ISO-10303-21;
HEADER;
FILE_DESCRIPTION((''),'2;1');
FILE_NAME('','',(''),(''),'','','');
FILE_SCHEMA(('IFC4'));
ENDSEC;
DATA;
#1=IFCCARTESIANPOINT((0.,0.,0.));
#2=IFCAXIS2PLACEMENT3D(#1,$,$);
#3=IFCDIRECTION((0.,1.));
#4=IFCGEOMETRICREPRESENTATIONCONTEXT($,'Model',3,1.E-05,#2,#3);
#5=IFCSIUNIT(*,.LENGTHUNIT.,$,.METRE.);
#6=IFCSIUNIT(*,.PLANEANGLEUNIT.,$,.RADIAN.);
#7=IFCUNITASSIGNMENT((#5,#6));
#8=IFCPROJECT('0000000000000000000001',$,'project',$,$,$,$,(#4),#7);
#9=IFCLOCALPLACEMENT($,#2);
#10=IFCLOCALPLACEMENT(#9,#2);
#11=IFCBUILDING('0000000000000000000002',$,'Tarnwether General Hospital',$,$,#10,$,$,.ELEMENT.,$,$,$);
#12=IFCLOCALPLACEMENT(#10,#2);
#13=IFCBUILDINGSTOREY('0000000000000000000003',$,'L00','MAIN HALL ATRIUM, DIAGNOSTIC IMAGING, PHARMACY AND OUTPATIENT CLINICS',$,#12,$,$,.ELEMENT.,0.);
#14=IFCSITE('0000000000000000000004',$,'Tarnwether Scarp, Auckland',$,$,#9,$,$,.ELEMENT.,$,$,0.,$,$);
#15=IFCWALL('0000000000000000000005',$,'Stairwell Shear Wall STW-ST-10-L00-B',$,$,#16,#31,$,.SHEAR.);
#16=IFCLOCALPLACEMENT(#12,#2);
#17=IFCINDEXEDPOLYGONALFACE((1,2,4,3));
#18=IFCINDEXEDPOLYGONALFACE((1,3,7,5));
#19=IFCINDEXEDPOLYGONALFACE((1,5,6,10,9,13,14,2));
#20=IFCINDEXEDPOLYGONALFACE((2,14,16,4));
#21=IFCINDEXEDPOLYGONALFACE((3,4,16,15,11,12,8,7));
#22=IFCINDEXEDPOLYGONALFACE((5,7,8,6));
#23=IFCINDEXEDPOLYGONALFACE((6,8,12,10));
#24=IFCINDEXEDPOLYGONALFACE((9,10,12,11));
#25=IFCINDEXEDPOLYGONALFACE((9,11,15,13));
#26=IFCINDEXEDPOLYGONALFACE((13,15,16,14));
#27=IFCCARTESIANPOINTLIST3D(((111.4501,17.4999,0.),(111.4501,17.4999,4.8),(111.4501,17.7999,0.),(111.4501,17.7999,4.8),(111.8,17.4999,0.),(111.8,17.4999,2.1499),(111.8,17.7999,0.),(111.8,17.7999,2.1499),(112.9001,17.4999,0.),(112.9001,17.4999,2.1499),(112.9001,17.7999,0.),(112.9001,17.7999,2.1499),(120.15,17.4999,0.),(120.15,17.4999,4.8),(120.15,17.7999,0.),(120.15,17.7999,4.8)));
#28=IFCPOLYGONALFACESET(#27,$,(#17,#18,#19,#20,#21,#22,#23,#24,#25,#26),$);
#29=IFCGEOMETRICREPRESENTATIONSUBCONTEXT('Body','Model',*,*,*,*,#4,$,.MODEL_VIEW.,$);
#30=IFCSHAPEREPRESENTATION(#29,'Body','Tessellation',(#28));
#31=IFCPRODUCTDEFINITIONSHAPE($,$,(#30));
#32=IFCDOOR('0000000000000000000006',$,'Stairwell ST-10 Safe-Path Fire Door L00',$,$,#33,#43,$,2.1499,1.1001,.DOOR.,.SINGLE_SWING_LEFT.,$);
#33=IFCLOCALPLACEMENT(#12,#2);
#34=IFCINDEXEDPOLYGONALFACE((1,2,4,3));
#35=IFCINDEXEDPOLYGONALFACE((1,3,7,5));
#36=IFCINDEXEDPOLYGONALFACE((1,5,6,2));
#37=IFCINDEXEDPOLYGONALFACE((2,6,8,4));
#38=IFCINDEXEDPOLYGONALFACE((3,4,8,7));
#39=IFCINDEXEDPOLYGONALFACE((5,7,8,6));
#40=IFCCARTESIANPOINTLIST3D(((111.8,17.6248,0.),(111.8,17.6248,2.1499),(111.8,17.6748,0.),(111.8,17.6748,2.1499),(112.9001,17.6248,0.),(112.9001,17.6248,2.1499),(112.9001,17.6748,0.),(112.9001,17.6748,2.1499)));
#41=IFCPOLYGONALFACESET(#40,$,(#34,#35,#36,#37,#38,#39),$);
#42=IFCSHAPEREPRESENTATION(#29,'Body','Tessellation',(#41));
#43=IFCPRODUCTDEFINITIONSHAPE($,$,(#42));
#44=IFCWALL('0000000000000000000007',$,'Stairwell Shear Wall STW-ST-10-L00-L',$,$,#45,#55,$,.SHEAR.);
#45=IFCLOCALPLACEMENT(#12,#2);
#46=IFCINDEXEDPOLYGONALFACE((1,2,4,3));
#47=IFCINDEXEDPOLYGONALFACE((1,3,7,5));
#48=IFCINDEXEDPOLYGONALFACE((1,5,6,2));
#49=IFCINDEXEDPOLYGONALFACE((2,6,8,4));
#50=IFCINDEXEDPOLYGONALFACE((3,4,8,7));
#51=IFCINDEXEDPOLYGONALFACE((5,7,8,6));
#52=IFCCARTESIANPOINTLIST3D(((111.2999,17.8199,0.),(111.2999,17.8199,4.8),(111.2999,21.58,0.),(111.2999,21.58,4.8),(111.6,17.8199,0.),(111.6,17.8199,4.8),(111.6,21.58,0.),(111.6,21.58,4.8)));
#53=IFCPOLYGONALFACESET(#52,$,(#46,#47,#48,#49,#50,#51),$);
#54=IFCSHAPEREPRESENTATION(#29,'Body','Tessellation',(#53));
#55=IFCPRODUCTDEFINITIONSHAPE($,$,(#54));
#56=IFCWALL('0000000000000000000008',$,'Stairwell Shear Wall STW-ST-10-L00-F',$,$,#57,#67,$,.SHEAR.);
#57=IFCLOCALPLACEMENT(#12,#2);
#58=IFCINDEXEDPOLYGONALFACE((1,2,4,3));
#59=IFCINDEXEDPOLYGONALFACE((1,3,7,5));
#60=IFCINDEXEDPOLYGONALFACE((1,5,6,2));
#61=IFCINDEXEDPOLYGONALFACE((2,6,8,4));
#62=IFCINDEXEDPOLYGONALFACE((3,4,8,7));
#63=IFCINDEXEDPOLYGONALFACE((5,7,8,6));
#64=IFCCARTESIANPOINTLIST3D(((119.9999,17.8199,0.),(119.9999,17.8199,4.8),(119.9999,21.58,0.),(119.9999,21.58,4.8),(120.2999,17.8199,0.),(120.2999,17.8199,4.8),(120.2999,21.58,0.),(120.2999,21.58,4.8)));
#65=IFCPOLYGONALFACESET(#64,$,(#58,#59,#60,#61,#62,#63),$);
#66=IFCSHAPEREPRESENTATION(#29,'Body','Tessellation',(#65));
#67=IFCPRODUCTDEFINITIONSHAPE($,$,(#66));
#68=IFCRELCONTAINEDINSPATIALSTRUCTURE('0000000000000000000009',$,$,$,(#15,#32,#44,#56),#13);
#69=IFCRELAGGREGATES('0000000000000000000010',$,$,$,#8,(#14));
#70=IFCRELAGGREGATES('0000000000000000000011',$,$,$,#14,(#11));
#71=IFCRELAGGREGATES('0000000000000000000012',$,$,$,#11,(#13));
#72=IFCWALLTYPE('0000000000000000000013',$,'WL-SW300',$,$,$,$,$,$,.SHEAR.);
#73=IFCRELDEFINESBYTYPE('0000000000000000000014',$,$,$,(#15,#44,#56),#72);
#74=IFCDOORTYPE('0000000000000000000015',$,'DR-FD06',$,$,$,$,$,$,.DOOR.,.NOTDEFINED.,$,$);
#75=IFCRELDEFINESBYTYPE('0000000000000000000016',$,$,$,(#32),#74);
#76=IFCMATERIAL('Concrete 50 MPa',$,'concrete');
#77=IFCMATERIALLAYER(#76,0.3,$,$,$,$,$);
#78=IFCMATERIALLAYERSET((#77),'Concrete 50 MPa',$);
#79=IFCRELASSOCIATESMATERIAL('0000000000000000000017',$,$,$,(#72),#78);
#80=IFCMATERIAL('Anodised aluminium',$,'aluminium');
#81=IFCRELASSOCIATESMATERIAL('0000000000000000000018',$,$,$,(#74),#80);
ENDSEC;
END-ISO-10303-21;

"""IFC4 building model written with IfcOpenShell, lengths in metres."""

from ifc_helpers import new_model, si_unit, direction, frame, frame_2d, origin, place, context, subcontext, project, spatial, rectangle, extrude, material, layer, layer_set, type_object, element, fill, save


model = new_model("IFC4")

# Units and contexts
model_context = context("Model", 3, precision=1e-05, world=origin(), true_north=direction((0.0, 1.0)))
body_context = subcontext(model_context, "Body", "Model", "MODEL_VIEW")
ifc_project = project(units=[si_unit("LENGTHUNIT", "METRE"), si_unit("PLANEANGLEUNIT", "RADIAN")], contexts=[model_context])

# Site, building, storey
site_placement = place(None, origin())
site = spatial("IfcSite", under=ifc_project, at=site_placement, Name="Tarnwether Scarp, Auckland", CompositionType="ELEMENT", RefElevation=0.0)
building_placement = place(site_placement, origin())
building = spatial("IfcBuilding", under=site, at=building_placement, Name="Tarnwether General Hospital", CompositionType="ELEMENT")
storey_placement = place(building_placement, origin())
storey = spatial("IfcBuildingStorey", under=building, at=storey_placement, Name="L00", Description="MAIN HALL ATRIUM, DIAGNOSTIC IMAGING, PHARMACY AND OUTPATIENT CLINICS", CompositionType="ELEMENT", Elevation=0.0)

# Wall, opening, door
ifc_material_1 = material(Name="Concrete 50 MPa", Category="concrete")
ifc_layer_1 = layer(ifc_material_1, 0.3)
ifc_layer_set_1 = layer_set([ifc_layer_1], Name="Concrete 50 MPa")
wall_type_1 = type_object("IfcWallType", Name="WL-SW300", PredefinedType="SHEAR", material=ifc_layer_set_1)
wall_1_placement = place(storey_placement, frame((111.45, 17.6499, 0.0), z_axis=(0.0, 0.0, 1.0), x_axis=(1.0, 0.0, 0.0)))
wall_1 = element("IfcWall", 1, at=wall_1_placement, inside=storey, type_object=wall_type_1, Name="Stairwell Shear Wall STW-ST-10-L00-B", PredefinedType="SHEAR", context=body_context, shape_type="SweptSolid", body=[
    extrude(rectangle(XDim=8.7, YDim=0.3, at=frame_2d((4.3501, 0.0))), origin(), (0.0, 0.0, 1.0), 4.8),
])
opening_1_placement = place(wall_1_placement, frame((0.3501, 0.0, 0.0)))
opening_1 = element("IfcOpeningElement", 2, at=opening_1_placement, cuts=wall_1, PredefinedType="OPENING", context=body_context, shape_type="SweptSolid", body=[
    extrude(rectangle(XDim=1.1001, YDim=2.1499, at=frame_2d((0.55, 1.075))), frame((0.0, 0.1602, 0.0), z_axis=(0.0, -1.0, 0.0), x_axis=(1.0, 0.0, 0.0)), (0.0, 0.0, 1.0), 0.3201),
])
ifc_material_2 = material(Name="Anodised aluminium", Category="aluminium")
door_type_1 = type_object("IfcDoorType", Name="DR-FD06", OperationType="NOTDEFINED", PredefinedType="DOOR", material=ifc_material_2)
door_1_placement = place(opening_1_placement, origin())
door_1 = element("IfcDoor", 3, at=door_1_placement, inside=storey, type_object=door_type_1, Name="Stairwell ST-10 Safe-Path Fire Door L00", OperationType="SINGLE_SWING_LEFT", OverallHeight=2.1499, OverallWidth=1.1001, PredefinedType="DOOR", context=body_context, shape_type="SweptSolid", body=[
    extrude(rectangle(XDim=1.1001, YDim=2.1499, at=frame_2d((0.55, 1.075))), frame((0.0, 0.0249, 0.0), z_axis=(0.0, -1.0, 0.0), x_axis=(1.0, 0.0, 0.0)), (0.0, 0.0, 1.0), 0.05),
])
fill(opening_1, door_1)

# Walls
for number, where, z_axis, x_axis, name in (
    (4, (111.45, 17.8201, 0.0), (0.0, 0.0, 1.0), (0.0, 1.0, 0.0), "Stairwell Shear Wall STW-ST-10-L00-L"),
    (5, (120.1499, 17.8201, 0.0), (0.0, 0.0, 1.0), (0.0, 1.0, 0.0), "Stairwell Shear Wall STW-ST-10-L00-F"),
):
    element("IfcWall", number, at=place(storey_placement, frame(where, z_axis=z_axis, x_axis=x_axis)), inside=storey, type_object=wall_type_1, Name=name, PredefinedType="SHEAR", context=body_context, shape_type="SweptSolid", body=[
        extrude(rectangle(XDim=3.76, YDim=0.3, at=frame_2d((1.8799, 0.0))), origin(), (0.0, 0.0, 1.0), 4.8),
    ])

save(model, "model.ifc")
